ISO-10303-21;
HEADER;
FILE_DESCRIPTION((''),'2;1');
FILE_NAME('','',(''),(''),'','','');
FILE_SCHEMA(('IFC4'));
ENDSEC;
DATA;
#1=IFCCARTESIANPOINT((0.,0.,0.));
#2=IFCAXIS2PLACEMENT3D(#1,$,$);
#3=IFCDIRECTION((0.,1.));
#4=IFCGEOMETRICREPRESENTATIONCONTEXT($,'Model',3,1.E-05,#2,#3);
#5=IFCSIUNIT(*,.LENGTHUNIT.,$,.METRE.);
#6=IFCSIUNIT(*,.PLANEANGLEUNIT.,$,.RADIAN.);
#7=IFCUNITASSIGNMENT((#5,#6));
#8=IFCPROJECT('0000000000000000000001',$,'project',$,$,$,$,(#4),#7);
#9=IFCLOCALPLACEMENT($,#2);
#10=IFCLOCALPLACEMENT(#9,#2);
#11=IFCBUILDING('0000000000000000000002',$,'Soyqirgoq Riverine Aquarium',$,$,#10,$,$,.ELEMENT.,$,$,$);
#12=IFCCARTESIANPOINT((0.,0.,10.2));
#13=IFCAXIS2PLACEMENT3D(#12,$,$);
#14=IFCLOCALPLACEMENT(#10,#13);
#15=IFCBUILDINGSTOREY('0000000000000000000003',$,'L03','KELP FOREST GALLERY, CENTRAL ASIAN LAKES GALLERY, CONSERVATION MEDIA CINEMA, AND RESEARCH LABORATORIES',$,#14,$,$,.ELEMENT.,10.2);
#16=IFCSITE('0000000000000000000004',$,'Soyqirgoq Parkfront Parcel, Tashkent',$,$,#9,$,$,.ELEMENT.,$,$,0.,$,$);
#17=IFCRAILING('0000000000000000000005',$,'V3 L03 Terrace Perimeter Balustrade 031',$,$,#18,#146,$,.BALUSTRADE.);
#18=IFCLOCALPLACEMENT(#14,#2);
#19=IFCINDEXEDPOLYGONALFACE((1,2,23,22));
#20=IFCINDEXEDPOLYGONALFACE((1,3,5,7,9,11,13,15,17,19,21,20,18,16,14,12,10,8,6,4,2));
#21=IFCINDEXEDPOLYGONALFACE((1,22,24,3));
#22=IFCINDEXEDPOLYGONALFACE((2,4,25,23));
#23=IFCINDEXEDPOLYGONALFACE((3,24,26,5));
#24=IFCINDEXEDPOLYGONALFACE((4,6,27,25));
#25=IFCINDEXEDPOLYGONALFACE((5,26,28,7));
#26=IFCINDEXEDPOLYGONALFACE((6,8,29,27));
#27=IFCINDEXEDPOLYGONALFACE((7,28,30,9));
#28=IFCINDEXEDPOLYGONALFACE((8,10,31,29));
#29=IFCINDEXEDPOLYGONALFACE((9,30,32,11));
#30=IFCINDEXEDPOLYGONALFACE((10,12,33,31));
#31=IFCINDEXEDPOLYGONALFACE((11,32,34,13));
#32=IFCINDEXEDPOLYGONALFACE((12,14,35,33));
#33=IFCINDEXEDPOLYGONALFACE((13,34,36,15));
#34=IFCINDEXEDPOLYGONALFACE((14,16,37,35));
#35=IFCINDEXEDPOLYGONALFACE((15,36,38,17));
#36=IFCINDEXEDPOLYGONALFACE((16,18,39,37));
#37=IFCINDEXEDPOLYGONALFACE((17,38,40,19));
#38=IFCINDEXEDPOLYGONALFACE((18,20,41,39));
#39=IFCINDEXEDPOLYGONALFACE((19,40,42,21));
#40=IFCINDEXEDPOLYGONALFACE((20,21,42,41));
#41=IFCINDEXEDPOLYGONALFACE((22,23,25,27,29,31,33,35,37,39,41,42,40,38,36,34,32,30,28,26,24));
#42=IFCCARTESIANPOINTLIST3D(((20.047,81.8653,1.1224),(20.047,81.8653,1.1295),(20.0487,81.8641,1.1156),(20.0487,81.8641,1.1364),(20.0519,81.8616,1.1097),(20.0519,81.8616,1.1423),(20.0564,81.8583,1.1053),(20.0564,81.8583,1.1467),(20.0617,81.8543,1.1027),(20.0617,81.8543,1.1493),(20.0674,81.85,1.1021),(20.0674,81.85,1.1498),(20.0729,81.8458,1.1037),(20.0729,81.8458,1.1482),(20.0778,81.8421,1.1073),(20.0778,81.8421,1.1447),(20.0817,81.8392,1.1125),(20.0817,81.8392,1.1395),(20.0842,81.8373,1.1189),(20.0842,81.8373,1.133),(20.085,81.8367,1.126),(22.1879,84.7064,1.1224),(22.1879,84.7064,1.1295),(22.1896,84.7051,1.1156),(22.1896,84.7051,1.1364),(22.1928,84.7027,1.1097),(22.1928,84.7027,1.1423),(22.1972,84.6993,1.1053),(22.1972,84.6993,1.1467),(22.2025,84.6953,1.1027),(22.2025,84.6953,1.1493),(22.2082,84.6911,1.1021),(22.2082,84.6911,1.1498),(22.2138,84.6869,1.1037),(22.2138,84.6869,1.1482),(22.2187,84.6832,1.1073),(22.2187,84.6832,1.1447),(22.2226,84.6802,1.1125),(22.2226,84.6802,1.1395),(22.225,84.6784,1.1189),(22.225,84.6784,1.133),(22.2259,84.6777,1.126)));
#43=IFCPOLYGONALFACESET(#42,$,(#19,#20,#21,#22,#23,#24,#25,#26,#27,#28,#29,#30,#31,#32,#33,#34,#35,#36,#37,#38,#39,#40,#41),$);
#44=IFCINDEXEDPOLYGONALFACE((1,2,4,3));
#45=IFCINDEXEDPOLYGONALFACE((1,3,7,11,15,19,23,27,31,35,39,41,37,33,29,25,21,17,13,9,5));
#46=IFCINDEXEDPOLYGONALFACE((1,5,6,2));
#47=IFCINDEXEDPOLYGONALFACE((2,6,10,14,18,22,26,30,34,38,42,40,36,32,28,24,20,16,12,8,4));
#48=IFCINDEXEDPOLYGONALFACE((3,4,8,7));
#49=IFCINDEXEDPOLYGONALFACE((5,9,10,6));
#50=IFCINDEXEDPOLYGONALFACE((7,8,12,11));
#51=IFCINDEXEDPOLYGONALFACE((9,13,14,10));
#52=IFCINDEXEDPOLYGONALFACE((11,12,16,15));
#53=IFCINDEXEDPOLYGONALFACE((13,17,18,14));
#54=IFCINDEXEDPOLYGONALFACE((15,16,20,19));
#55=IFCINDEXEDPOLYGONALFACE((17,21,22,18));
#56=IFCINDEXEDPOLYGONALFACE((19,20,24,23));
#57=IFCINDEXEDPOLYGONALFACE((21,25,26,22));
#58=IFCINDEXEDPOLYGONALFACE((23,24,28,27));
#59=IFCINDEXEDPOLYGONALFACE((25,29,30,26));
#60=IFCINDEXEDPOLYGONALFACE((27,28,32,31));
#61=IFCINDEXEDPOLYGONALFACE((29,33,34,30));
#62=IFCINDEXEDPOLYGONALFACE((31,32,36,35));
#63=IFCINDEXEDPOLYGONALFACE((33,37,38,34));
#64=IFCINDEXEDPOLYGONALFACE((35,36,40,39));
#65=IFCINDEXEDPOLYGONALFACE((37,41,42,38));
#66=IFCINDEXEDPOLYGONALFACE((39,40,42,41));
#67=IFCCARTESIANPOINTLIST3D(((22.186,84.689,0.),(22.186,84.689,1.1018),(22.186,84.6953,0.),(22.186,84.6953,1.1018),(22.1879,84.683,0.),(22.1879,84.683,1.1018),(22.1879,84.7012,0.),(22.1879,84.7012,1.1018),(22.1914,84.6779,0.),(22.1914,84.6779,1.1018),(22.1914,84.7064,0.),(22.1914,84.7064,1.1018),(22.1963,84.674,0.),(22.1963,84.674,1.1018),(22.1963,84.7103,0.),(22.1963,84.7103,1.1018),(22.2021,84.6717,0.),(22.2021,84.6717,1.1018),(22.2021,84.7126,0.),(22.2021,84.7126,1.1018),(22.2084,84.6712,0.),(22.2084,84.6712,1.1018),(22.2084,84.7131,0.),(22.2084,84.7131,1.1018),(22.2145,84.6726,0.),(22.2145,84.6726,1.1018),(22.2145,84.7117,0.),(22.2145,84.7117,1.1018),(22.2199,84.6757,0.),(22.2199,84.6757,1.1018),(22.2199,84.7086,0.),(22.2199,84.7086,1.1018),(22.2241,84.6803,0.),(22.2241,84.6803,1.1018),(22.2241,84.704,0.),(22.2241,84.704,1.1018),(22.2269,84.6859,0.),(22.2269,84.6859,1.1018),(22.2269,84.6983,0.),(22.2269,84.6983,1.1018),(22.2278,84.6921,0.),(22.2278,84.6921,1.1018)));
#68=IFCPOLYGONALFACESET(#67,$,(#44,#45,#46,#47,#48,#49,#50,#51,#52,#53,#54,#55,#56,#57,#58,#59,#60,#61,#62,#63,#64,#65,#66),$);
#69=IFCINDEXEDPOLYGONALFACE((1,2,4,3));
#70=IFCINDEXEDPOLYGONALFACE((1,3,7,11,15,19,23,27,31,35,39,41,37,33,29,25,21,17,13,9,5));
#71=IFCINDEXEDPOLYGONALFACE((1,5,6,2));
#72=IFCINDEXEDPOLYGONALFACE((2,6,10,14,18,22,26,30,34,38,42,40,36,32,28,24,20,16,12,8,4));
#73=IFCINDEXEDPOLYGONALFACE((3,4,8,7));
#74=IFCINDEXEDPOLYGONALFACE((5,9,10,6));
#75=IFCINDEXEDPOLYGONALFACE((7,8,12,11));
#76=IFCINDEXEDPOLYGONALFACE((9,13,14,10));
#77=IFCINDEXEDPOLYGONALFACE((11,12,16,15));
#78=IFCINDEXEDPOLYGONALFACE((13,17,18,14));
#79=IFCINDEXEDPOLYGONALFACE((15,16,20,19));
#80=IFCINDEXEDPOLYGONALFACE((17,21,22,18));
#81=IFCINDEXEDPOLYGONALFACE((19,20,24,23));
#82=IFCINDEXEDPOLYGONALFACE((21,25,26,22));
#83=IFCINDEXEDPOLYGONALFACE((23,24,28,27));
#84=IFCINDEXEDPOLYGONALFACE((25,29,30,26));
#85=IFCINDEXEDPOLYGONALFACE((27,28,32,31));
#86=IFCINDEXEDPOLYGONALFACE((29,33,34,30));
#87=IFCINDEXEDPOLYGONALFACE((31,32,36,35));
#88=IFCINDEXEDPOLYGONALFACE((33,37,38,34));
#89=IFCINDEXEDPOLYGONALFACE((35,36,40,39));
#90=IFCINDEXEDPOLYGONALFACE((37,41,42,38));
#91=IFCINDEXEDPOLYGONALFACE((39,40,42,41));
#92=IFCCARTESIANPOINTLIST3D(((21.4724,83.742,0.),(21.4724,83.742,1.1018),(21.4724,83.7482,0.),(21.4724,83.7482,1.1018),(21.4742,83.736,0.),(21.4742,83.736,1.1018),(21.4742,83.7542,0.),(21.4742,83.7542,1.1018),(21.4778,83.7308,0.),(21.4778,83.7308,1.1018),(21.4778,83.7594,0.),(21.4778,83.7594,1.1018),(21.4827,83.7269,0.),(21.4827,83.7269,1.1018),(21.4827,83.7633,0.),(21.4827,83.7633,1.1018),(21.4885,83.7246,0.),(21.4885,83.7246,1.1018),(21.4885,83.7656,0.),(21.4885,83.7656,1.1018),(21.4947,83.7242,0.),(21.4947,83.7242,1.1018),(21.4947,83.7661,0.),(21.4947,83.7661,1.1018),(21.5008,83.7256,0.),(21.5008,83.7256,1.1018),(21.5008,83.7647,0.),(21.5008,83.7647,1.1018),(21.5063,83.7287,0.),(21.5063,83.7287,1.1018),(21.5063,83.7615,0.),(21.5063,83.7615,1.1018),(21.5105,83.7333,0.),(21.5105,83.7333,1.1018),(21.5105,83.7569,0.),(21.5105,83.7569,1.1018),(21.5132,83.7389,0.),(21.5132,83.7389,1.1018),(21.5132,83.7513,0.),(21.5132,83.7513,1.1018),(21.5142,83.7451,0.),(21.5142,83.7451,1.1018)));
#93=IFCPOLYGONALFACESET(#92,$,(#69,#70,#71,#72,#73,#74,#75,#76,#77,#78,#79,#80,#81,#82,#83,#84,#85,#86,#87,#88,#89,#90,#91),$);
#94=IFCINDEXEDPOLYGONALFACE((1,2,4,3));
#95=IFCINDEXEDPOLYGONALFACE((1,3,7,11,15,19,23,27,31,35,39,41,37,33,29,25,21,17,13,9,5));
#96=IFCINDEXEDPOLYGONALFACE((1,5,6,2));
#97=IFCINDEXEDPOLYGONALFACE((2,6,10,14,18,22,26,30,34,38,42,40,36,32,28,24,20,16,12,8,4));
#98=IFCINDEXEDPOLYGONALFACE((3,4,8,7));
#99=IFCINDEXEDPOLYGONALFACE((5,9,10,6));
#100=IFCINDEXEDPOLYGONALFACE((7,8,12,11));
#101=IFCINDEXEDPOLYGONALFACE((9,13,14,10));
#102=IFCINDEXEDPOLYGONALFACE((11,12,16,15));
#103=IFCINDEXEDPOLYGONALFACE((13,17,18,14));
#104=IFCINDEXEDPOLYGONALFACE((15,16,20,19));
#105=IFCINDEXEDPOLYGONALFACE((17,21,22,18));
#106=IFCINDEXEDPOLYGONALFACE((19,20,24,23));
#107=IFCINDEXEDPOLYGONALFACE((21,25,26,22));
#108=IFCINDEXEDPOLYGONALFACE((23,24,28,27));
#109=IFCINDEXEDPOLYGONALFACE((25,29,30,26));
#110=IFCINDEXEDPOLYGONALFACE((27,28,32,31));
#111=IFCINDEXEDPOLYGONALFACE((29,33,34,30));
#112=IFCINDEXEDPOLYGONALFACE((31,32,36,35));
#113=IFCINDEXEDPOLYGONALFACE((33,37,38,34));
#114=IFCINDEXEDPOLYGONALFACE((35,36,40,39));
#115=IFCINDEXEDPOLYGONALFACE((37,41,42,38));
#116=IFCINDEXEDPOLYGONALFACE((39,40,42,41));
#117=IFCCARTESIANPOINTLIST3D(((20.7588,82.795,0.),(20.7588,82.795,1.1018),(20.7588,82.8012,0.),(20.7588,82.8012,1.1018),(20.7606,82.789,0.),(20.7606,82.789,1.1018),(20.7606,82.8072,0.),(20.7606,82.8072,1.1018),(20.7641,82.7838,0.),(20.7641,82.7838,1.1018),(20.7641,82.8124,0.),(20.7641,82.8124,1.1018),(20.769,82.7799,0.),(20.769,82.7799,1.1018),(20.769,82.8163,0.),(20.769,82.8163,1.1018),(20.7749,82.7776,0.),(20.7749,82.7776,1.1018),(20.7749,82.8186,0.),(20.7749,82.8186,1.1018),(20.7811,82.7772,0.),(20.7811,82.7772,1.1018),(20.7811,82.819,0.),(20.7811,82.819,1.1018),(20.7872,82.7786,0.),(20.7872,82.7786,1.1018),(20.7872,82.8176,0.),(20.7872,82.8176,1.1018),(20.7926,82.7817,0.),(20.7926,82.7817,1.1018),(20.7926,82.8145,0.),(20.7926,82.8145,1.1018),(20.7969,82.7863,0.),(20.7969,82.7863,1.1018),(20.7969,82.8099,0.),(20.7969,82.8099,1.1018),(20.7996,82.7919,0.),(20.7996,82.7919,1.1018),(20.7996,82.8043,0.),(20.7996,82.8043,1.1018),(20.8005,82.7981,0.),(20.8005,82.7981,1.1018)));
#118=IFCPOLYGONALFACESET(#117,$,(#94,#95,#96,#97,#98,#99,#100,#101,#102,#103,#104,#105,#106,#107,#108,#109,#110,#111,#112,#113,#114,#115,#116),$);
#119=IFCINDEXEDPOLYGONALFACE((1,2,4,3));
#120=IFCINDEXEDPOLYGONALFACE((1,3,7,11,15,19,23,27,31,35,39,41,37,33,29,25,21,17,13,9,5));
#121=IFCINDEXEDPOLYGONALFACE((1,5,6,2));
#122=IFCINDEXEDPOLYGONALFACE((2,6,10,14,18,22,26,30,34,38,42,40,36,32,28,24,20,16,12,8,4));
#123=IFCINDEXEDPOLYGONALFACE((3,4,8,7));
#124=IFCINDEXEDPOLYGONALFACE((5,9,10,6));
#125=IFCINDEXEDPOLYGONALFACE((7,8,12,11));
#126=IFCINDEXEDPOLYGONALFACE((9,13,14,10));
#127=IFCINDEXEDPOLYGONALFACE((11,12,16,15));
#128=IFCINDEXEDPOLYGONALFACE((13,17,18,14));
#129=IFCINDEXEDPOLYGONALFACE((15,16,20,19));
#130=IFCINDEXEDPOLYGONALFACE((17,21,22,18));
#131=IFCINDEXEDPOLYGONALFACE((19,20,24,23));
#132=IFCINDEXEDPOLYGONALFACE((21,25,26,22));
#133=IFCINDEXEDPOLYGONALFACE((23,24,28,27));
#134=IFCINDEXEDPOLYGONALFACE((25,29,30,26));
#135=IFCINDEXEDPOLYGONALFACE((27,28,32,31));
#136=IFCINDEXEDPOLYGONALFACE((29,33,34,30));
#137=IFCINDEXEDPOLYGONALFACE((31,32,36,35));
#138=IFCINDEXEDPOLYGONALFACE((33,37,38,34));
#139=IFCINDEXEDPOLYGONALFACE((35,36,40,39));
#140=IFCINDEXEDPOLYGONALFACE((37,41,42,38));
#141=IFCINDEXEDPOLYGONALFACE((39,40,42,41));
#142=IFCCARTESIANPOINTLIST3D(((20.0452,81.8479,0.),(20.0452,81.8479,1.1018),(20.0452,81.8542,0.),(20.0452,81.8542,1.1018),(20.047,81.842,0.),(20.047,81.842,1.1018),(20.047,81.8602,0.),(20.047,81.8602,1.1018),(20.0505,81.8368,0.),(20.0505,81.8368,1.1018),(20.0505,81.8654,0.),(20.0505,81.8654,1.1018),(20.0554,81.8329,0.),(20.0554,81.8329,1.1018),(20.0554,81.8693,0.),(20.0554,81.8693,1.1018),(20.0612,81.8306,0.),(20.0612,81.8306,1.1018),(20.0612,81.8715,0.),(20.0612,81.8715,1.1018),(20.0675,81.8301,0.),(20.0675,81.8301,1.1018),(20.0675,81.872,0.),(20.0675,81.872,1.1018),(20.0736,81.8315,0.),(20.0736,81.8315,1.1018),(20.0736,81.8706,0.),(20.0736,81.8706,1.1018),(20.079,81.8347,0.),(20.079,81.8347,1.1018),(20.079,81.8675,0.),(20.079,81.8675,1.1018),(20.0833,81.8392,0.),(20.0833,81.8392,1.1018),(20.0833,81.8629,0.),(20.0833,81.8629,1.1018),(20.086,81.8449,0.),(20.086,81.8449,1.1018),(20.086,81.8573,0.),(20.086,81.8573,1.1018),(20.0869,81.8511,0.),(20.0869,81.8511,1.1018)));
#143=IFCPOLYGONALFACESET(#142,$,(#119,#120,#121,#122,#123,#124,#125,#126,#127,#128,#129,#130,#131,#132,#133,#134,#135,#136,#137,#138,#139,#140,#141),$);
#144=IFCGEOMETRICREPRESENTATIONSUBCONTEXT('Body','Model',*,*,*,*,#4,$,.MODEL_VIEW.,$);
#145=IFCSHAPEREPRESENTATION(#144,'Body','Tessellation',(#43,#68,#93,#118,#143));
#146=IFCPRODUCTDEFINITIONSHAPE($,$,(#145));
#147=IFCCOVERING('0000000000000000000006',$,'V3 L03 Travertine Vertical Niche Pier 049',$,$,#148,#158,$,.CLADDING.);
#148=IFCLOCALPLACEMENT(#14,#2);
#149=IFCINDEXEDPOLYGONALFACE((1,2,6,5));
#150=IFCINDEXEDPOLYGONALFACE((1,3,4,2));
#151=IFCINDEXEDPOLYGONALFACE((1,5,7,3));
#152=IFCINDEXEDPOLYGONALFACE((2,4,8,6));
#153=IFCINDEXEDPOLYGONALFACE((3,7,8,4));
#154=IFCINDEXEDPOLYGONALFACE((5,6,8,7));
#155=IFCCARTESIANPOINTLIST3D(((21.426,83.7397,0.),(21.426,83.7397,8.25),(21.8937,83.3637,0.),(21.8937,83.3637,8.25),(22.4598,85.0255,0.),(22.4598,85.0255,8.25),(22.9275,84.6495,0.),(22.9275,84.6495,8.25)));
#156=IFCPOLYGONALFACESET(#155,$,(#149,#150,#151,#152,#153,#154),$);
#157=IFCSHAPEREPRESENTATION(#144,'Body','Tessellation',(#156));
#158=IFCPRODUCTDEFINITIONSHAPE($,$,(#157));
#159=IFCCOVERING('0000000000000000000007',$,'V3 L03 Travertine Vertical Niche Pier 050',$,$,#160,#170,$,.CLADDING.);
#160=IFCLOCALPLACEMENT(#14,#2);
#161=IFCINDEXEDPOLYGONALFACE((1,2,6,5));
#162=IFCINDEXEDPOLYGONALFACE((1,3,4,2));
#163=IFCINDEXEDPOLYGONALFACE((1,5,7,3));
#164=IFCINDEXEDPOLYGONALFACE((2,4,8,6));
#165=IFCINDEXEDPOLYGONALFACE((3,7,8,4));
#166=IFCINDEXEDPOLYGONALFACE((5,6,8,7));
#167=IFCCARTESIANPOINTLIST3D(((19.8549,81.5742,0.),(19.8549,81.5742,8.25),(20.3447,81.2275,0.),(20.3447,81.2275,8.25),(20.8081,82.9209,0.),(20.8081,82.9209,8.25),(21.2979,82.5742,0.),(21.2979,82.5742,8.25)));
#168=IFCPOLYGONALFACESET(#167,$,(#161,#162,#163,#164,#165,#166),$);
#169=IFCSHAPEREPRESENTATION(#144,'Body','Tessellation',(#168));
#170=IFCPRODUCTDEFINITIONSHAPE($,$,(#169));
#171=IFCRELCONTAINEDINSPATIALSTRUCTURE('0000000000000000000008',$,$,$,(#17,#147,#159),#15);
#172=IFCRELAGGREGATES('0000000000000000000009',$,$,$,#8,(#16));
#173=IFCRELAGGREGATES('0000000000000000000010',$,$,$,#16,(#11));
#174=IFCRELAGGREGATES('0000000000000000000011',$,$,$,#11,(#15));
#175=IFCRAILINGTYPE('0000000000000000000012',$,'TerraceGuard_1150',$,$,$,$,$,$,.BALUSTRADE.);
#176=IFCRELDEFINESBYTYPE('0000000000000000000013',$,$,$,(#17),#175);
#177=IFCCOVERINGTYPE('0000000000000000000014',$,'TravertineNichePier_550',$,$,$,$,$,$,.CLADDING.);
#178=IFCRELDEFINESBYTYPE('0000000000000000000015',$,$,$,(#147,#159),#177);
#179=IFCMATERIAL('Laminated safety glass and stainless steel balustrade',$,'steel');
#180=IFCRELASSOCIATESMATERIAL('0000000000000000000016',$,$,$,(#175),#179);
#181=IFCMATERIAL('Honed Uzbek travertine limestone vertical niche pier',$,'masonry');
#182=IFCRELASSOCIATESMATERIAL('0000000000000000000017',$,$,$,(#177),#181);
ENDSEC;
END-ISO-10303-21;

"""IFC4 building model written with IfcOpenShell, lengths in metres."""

from ifc_helpers import new_model, si_unit, direction, frame, origin, origin_2d, place, context, subcontext, project, spatial, rectangle, circle, extrude, material, type_object, element, save


model = new_model("IFC4")

# Units and contexts
model_context = context("Model", 3, precision=1e-05, world=origin(), true_north=direction((0.0, 1.0)))
body_context = subcontext(model_context, "Body", "Model", "MODEL_VIEW")
ifc_project = project(units=[si_unit("LENGTHUNIT", "METRE"), si_unit("PLANEANGLEUNIT", "RADIAN")], contexts=[model_context])

# Site, building, storey
site_placement = place(None, origin())
site = spatial("IfcSite", under=ifc_project, at=site_placement, Name="Soyqirgoq Parkfront Parcel, Tashkent", CompositionType="ELEMENT", RefElevation=0.0)
building_placement = place(site_placement, origin())
building = spatial("IfcBuilding", under=site, at=building_placement, Name="Soyqirgoq Riverine Aquarium", CompositionType="ELEMENT")
storey_placement = place(building_placement, frame((0.0, 0.0, 10.2)))
storey = spatial("IfcBuildingStorey", under=building, at=storey_placement, Name="L03", Description="KELP FOREST GALLERY, CENTRAL ASIAN LAKES GALLERY, CONSERVATION MEDIA CINEMA, AND RESEARCH LABORATORIES", CompositionType="ELEMENT", Elevation=10.2)

# Railing
ifc_material_1 = material(Name="Laminated safety glass and stainless steel balustrade", Category="steel")
railing_type = type_object("IfcRailingType", Name="TerraceGuard_1150", PredefinedType="BALUSTRADE", material=ifc_material_1)
railing_1_placement = place(storey_placement, frame((22.2068, 84.6921, 0.0)))
element("IfcRailing", 1, at=railing_1_placement, inside=storey, type_object=railing_type, Name="V3 L03 Terrace Perimeter Balustrade 031", PredefinedType="BALUSTRADE", context=body_context, shape_type="SweptSolid", body=[
    extrude(circle(Radius=0.0239, at=origin_2d()), frame((0.0, 0.0, 1.126), z_axis=(-0.60181, -0.798639, 0.0), x_axis=(0.798639, -0.60181, 0.0)), (0.0, 0.0, 1.0), 3.5574),
    extrude(circle(Radius=0.021, at=origin_2d()), origin(), (0.0, 0.0, 1.0), 1.1018),
    extrude(circle(Radius=0.021, at=origin_2d()), frame((-0.7136, -0.947, 0.0)), (0.0, 0.0, 1.0), 1.1018),
    extrude(circle(Radius=0.021, at=origin_2d()), frame((-1.4272, -1.894, 0.0)), (0.0, 0.0, 1.0), 1.1018),
    extrude(circle(Radius=0.021, at=origin_2d()), frame((-2.1409, -2.8411, 0.0)), (0.0, 0.0, 1.0), 1.1018),
])

# Coverings
ifc_material_2 = material(Name="Honed Uzbek travertine limestone vertical niche pier", Category="masonry")
covering_type = type_object("IfcCoveringType", Name="TravertineNichePier_550", PredefinedType="CLADDING", material=ifc_material_2)
for number, where, z_axis, x_axis, name in (
    (2, (22.1768, 84.1946, 0.0), (0.0, 0.0, 1.0), (-0.779338, 0.626604, 0.0), "V3 L03 Travertine Vertical Niche Pier 049"),
    (3, (20.5764, 82.0742, 0.0), (0.0, 0.0, 1.0), (-0.816238, 0.577715, 0.0), "V3 L03 Travertine Vertical Niche Pier 050"),
):
    element("IfcCovering", number, at=place(storey_placement, frame(where, z_axis=z_axis, x_axis=x_axis)), inside=storey, type_object=covering_type, Name=name, PredefinedType="CLADDING", context=body_context, shape_type="SweptSolid", body=[
        extrude(rectangle(XDim=0.6001, YDim=1.6499, at=origin_2d()), origin(), (0.0, 0.0, 1.0), 8.25),
    ])

save(model, "model.ifc")
